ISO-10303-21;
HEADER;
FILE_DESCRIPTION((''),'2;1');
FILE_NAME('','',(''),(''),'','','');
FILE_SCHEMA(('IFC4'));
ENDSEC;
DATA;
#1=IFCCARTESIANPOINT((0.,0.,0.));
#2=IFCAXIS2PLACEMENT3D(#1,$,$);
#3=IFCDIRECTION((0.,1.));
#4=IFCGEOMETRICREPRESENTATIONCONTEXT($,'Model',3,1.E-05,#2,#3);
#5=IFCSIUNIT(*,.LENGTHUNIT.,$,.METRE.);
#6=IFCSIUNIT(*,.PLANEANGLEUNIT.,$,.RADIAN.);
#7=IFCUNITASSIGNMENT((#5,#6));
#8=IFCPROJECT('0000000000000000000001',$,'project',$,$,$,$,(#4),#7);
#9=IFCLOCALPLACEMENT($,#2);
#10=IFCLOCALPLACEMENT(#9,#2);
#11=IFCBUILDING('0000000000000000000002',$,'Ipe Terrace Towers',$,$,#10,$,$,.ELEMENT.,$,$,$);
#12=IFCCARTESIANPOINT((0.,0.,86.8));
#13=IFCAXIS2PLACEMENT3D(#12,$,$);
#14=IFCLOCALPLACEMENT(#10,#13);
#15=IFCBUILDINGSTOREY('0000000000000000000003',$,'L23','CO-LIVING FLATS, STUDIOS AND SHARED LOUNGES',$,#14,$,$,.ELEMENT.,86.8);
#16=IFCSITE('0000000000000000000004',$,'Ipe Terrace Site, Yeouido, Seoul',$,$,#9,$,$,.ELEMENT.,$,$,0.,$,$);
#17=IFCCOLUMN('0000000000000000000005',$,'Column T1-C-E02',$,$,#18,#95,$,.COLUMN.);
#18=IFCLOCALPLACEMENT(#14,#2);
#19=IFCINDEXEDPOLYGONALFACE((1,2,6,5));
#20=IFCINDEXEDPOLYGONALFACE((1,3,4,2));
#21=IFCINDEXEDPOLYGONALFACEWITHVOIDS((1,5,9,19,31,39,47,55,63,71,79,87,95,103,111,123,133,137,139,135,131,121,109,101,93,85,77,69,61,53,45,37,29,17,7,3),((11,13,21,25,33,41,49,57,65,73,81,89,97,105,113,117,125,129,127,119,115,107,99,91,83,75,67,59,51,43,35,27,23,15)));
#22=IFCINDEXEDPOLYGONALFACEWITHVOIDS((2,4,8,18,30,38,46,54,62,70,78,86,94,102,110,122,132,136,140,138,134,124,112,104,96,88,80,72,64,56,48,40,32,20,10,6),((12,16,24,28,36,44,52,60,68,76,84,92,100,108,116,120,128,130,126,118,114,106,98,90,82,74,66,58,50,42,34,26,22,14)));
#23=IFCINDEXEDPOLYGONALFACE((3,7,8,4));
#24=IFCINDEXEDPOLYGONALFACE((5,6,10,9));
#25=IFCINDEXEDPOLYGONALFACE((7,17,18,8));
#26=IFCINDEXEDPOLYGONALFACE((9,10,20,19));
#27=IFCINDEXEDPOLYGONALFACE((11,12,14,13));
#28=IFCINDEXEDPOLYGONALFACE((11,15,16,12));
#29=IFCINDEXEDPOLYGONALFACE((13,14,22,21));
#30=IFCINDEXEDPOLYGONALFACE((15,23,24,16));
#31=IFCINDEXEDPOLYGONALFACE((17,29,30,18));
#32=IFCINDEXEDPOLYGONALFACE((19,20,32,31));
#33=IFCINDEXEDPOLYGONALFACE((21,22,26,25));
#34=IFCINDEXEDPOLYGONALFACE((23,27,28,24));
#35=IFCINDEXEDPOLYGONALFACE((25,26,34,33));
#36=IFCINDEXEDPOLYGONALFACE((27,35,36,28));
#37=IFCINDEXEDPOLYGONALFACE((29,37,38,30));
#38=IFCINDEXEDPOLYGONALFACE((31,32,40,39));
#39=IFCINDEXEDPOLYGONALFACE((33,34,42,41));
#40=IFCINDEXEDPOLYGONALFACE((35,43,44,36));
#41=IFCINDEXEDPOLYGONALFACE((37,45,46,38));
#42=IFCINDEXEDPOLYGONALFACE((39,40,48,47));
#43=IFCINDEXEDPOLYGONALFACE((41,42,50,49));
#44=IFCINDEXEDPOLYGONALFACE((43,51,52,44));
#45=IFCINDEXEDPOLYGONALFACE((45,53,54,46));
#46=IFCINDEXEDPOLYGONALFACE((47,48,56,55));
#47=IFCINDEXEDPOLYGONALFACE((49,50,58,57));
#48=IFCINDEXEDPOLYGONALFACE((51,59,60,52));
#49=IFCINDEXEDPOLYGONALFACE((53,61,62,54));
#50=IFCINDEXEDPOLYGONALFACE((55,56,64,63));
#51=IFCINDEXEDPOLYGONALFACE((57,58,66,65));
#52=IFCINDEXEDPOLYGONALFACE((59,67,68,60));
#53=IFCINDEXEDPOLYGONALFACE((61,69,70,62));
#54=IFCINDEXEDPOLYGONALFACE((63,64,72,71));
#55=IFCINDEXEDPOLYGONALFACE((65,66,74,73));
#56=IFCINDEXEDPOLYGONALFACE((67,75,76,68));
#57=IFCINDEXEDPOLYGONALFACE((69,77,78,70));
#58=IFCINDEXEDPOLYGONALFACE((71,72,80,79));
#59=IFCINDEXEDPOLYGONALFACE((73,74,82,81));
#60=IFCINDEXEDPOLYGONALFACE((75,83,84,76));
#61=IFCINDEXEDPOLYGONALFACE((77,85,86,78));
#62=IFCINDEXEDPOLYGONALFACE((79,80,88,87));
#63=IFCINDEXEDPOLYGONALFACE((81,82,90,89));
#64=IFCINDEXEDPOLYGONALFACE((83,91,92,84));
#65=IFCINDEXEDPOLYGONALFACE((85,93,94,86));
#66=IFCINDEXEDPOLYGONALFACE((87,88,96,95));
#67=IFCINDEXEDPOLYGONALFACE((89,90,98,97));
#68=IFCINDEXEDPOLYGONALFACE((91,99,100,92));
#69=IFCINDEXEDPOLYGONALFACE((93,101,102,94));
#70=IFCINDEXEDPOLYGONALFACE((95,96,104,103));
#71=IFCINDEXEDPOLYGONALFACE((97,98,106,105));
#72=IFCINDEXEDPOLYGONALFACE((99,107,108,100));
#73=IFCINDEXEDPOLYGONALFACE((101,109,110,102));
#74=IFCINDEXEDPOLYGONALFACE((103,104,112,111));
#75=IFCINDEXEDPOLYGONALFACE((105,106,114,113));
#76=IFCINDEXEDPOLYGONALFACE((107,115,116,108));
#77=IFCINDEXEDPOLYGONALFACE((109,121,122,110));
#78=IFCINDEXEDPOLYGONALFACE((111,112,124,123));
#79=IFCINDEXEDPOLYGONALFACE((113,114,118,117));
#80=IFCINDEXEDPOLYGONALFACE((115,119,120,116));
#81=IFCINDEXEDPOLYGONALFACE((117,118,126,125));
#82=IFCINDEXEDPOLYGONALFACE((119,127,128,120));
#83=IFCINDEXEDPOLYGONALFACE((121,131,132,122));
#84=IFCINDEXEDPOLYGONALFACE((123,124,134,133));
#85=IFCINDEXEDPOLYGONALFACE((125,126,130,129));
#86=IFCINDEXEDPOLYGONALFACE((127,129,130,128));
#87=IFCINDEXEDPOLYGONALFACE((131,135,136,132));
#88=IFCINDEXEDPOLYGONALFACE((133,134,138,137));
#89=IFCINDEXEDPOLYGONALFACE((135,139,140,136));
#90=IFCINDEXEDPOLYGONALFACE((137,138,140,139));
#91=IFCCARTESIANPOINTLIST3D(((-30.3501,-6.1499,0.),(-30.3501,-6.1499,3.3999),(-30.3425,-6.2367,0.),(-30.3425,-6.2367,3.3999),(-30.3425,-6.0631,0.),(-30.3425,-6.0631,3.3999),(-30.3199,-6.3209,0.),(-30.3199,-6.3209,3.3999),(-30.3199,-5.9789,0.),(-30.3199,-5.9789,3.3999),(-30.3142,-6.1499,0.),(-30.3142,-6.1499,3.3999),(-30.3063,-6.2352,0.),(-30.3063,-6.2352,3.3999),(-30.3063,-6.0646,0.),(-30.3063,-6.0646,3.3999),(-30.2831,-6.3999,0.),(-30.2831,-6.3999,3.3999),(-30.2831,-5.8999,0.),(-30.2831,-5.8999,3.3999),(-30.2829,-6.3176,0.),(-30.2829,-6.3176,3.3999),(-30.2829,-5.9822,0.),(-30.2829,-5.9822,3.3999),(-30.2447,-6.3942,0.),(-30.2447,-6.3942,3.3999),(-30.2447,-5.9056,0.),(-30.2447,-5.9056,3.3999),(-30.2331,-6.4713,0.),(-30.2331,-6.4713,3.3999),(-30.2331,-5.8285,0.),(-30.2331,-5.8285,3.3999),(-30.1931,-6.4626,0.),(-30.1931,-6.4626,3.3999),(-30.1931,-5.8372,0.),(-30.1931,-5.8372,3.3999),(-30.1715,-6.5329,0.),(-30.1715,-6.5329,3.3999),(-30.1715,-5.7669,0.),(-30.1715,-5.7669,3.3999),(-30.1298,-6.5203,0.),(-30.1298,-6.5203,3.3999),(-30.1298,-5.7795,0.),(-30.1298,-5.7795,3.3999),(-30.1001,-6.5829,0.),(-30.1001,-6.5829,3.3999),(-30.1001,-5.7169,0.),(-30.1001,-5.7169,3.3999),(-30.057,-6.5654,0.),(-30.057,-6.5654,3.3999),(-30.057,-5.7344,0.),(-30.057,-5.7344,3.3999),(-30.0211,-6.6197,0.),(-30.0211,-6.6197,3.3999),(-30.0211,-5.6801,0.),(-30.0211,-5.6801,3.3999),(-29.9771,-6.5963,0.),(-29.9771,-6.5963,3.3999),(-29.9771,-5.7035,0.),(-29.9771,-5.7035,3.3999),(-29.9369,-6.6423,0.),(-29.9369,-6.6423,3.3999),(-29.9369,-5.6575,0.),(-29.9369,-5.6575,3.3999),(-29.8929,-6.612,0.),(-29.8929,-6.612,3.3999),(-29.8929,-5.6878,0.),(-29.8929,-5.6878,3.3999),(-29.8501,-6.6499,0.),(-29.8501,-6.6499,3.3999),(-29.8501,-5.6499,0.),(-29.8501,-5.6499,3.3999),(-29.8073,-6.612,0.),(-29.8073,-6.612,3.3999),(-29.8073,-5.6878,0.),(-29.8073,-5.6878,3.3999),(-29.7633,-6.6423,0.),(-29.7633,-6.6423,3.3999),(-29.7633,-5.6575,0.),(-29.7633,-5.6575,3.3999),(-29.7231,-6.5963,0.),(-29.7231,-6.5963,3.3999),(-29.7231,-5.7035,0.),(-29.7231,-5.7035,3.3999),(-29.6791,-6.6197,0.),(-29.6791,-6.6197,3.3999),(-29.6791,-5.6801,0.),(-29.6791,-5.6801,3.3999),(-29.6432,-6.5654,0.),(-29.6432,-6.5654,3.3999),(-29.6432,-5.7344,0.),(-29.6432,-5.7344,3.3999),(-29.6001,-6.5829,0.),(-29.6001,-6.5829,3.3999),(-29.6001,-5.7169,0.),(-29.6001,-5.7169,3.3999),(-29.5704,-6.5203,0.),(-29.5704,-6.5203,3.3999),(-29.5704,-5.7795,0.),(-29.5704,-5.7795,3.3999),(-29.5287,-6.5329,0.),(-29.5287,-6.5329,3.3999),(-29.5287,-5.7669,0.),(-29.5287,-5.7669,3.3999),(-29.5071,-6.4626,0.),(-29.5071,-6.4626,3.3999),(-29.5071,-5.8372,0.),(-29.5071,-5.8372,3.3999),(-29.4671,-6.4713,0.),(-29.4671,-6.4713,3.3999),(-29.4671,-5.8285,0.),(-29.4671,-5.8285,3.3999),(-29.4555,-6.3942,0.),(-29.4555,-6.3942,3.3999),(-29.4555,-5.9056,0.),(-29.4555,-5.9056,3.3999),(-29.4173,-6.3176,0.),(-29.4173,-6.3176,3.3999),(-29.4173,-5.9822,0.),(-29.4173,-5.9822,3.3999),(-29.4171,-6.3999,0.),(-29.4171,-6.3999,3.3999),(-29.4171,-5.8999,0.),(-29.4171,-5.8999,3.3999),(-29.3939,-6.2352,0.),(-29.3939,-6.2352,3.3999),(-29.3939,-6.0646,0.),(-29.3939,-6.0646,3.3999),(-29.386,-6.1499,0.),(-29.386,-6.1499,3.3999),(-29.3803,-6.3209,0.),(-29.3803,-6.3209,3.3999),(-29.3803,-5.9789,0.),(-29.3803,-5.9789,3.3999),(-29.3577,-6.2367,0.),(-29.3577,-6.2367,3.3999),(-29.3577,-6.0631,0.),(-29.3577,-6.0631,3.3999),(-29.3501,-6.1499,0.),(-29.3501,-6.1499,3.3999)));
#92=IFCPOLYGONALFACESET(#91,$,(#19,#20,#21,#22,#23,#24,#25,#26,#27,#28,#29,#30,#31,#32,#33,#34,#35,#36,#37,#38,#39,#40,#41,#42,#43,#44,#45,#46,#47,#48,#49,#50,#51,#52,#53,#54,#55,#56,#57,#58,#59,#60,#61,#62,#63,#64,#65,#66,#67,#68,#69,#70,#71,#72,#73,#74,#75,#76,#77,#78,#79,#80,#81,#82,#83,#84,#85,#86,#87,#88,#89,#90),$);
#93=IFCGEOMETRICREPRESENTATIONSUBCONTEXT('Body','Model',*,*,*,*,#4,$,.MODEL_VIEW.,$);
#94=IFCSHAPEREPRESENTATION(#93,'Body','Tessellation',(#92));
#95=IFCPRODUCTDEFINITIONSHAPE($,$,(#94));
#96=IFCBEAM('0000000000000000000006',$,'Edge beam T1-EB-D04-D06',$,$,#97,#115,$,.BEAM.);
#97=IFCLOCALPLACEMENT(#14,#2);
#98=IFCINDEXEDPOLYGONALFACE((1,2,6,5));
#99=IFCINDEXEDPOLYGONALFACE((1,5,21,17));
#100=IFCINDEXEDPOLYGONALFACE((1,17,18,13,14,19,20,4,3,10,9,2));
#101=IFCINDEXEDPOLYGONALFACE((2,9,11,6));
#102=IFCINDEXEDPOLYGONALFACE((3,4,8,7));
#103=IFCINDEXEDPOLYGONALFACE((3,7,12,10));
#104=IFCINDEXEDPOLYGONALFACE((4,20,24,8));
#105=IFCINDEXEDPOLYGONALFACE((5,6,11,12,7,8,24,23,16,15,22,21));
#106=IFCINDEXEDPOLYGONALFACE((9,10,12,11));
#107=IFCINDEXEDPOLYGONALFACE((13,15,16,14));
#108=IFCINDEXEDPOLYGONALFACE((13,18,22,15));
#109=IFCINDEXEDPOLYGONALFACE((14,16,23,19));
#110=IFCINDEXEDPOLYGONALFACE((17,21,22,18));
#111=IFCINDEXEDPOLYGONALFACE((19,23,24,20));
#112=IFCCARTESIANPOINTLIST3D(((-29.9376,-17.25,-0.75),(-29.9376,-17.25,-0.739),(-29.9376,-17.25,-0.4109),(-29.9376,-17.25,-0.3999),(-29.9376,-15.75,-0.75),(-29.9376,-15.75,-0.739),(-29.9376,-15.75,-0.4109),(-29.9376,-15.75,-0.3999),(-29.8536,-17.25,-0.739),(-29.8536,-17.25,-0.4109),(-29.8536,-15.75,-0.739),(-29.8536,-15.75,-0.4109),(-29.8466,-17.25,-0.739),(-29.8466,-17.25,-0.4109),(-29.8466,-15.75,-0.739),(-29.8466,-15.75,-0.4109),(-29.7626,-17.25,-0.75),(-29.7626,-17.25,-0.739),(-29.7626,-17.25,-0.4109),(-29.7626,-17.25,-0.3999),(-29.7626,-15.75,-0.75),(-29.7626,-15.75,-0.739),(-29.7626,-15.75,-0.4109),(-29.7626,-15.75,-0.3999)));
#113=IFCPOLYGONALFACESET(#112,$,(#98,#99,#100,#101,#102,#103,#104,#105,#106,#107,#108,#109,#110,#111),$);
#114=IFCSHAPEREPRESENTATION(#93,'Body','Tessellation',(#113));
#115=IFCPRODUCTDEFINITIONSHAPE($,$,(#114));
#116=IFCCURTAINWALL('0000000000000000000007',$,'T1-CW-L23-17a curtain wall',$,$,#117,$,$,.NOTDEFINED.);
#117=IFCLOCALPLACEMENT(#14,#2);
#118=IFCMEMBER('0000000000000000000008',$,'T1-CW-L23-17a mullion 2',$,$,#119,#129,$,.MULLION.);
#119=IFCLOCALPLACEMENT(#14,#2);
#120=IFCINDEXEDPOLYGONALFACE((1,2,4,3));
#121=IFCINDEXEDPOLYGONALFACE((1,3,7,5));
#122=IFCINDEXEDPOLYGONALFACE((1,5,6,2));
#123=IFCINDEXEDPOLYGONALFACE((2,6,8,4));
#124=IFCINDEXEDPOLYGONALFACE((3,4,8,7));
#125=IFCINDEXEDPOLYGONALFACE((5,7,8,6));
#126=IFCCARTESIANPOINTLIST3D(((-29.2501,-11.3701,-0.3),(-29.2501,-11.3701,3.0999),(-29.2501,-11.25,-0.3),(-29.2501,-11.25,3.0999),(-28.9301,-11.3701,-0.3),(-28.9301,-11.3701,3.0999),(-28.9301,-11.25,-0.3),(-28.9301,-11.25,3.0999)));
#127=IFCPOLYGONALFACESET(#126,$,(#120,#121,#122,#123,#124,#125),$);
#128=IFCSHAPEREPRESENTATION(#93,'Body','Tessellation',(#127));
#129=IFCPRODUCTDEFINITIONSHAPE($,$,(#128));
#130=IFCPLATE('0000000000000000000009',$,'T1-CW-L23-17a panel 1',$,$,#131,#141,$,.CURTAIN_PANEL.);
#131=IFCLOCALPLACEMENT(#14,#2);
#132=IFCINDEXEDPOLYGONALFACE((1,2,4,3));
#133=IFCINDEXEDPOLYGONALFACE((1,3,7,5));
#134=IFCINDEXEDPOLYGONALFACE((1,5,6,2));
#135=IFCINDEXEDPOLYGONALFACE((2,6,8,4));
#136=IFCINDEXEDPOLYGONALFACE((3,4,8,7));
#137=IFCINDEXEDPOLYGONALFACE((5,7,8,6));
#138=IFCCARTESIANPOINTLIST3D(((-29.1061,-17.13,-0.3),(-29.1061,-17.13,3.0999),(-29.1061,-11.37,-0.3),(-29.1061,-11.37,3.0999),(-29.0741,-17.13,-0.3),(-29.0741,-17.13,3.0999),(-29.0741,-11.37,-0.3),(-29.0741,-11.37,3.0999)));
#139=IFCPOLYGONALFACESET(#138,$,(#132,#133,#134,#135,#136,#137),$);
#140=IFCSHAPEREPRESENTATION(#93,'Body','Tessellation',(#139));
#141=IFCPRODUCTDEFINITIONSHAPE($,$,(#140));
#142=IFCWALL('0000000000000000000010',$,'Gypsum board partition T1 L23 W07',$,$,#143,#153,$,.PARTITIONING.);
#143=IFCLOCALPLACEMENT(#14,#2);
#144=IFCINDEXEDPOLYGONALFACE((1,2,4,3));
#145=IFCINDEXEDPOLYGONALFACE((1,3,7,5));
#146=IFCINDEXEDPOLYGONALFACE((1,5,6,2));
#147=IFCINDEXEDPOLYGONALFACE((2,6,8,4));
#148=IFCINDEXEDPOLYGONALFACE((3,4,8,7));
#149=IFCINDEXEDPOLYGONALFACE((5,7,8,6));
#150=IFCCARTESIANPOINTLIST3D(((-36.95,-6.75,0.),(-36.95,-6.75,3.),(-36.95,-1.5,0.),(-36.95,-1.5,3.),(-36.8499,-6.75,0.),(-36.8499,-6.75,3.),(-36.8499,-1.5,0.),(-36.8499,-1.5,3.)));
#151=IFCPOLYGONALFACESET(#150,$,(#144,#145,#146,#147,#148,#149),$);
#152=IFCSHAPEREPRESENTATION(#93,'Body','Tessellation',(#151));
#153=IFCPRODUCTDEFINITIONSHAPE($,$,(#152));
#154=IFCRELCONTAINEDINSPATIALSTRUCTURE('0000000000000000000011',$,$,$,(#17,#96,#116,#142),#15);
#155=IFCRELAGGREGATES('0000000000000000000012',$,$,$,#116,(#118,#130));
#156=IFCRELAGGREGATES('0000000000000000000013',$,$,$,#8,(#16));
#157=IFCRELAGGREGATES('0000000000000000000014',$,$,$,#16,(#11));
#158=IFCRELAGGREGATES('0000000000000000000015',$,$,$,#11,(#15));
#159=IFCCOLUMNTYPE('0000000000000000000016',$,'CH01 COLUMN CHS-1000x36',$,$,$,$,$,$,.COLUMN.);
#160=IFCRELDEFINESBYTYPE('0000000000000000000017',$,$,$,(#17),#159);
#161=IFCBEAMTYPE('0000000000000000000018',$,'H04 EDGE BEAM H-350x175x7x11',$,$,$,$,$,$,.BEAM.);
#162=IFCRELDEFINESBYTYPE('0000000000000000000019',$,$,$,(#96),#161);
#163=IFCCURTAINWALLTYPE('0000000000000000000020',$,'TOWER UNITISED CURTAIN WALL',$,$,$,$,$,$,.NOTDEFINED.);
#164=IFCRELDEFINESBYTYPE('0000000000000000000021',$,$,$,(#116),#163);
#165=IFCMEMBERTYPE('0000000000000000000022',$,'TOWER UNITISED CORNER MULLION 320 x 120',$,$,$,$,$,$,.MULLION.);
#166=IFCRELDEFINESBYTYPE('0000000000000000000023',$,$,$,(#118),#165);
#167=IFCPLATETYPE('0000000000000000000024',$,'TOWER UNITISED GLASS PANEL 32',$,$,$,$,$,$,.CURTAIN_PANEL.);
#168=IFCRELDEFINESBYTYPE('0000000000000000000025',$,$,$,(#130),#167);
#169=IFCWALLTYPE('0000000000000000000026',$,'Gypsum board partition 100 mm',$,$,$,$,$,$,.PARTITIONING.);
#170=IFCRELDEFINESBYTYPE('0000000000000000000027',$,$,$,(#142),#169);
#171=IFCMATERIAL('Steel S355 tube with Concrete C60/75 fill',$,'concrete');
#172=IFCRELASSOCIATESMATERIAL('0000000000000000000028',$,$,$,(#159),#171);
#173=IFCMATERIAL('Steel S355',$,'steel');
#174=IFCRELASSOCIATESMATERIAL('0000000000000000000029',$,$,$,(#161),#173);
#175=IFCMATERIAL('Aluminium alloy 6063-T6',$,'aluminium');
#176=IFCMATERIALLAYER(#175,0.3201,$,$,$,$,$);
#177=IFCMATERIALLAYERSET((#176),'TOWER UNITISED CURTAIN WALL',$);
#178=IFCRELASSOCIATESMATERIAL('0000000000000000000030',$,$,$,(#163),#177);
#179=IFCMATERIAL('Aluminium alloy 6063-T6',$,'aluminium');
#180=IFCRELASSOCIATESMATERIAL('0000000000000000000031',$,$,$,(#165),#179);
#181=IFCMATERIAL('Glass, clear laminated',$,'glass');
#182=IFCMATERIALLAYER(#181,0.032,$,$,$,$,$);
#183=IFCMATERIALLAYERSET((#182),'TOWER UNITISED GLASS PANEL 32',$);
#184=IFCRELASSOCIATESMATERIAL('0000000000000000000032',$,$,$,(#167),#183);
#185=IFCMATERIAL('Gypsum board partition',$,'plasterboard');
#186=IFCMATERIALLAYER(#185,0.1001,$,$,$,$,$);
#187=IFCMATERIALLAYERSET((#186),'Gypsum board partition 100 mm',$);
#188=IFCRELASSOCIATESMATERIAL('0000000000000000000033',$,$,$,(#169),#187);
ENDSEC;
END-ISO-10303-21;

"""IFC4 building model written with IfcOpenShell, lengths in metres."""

from ifc_helpers import new_model, si_unit, direction, frame, frame_2d, origin, origin_2d, place, context, subcontext, project, spatial, rectangle, hollow_circle, i_section, extrude, material, layer, layer_set, material_profile, profile_set, type_object, element, aggregate, save


model = new_model("IFC4")

# Units and contexts
model_context = context("Model", 3, precision=1e-05, world=origin(), true_north=direction((0.0, 1.0)))
body_context = subcontext(model_context, "Body", "Model", "MODEL_VIEW")
ifc_project = project(units=[si_unit("LENGTHUNIT", "METRE"), si_unit("PLANEANGLEUNIT", "RADIAN")], contexts=[model_context])

# Site, building, storey
site_placement = place(None, origin())
site = spatial("IfcSite", under=ifc_project, at=site_placement, Name="Ipe Terrace Site, Yeouido, Seoul", CompositionType="ELEMENT", RefElevation=0.0)
building_placement = place(site_placement, origin())
building = spatial("IfcBuilding", under=site, at=building_placement, Name="Ipe Terrace Towers", CompositionType="ELEMENT")
storey_placement = place(building_placement, frame((0.0, 0.0, 86.8)))
storey = spatial("IfcBuildingStorey", under=building, at=storey_placement, Name="L23", Description="CO-LIVING FLATS, STUDIOS AND SHARED LOUNGES", CompositionType="ELEMENT", Elevation=86.8)

# Column
ifc_material_1 = material(Name="Steel S355 tube with Concrete C60/75 fill", Category="concrete")
ifc_material_profile_1 = material_profile(ifc_material_1, hollow_circle(Radius=0.5, WallThickness=0.0359, at=origin_2d()), Name="CHS-1000x36")
ifc_profile_set_1 = profile_set([ifc_material_profile_1], Name="Steel S355 tube with Concrete C60/75 fill")
column_type = type_object("IfcColumnType", Name="CH01 COLUMN CHS-1000x36", PredefinedType="COLUMN", material=ifc_profile_set_1)
column_placement = place(storey_placement, frame((-29.8501, -6.1499, 0.0), z_axis=(0.0, 0.0, 1.0), x_axis=(1.0, 0.0, 0.0)))
element("IfcColumn", 1, at=column_placement, inside=storey, type_object=column_type, Name="Column T1-C-E02", PredefinedType="COLUMN", context=body_context, shape_type="SweptSolid", body=[
    extrude(hollow_circle(Radius=0.5, WallThickness=0.0359, at=origin_2d()), origin(), (0.0, 0.0, 1.0), 3.3999),
])

# Beam
ifc_material_2 = material(Name="Steel S355", Category="steel")
ifc_material_profile_2 = material_profile(ifc_material_2, i_section(OverallWidth=0.175, OverallDepth=0.3501, WebThickness=0.0071, FlangeThickness=0.011, at=origin_2d()), Name="H-350x175x7x11")
ifc_profile_set_2 = profile_set([ifc_material_profile_2], Name="Steel S355")
beam_type = type_object("IfcBeamType", Name="H04 EDGE BEAM H-350x175x7x11", PredefinedType="BEAM", material=ifc_profile_set_2)
beam_placement = place(storey_placement, frame((-29.8501, -15.75, -0.575), z_axis=(0.0, -1.0, 0.0), x_axis=(1.0, 0.0, 0.0)))
element("IfcBeam", 2, at=beam_placement, inside=storey, type_object=beam_type, Name="Edge beam T1-EB-D04-D06", PredefinedType="BEAM", context=body_context, shape_type="SweptSolid", body=[
    extrude(i_section(OverallWidth=0.175, OverallDepth=0.3501, WebThickness=0.0071, FlangeThickness=0.011, at=origin_2d()), origin(), (0.0, 0.0, 1.0), 1.5),
])

# Curtain wall, member, plate
ifc_material_3 = material(Name="Aluminium alloy 6063-T6", Category="aluminium")
ifc_layer_1 = layer(ifc_material_3, 0.3201)
ifc_layer_set_1 = layer_set([ifc_layer_1], Name="TOWER UNITISED CURTAIN WALL")
curtain_wall_type = type_object("IfcCurtainWallType", Name="TOWER UNITISED CURTAIN WALL", PredefinedType="NOTDEFINED", material=ifc_layer_set_1)
curtain_wall_placement = place(storey_placement, origin())
curtain_wall = element("IfcCurtainWall", 3, at=curtain_wall_placement, inside=storey, type_object=curtain_wall_type, Name="T1-CW-L23-17a curtain wall", PredefinedType="NOTDEFINED")
ifc_material_4 = material(Name="Aluminium alloy 6063-T6", Category="aluminium")
ifc_material_profile_3 = material_profile(ifc_material_4, rectangle(XDim=0.3201, YDim=0.1201, at=origin_2d()), Name="TOWER UNITISED CORNER MULLION 320 x 120")
ifc_profile_set_3 = profile_set([ifc_material_profile_3], Name="Aluminium alloy 6063-T6")
member_type = type_object("IfcMemberType", Name="TOWER UNITISED CORNER MULLION 320 x 120", PredefinedType="MULLION", material=ifc_profile_set_3)
member_placement = place(storey_placement, frame((-29.0901, -11.3101, -0.3), z_axis=(0.0, 0.0, 1.0), x_axis=(1.0, 0.0, 0.0)))
member = element("IfcMember", 4, at=member_placement, type_object=member_type, Name="T1-CW-L23-17a mullion 2", PredefinedType="MULLION", context=body_context, shape_type="SweptSolid", body=[
    extrude(rectangle(XDim=0.3201, YDim=0.1201, at=origin_2d()), origin(), (0.0, 0.0, 1.0), 3.3999),
])
ifc_material_5 = material(Name="Glass, clear laminated", Category="glass")
ifc_layer_2 = layer(ifc_material_5, 0.032)
ifc_layer_set_2 = layer_set([ifc_layer_2], Name="TOWER UNITISED GLASS PANEL 32")
plate_type = type_object("IfcPlateType", Name="TOWER UNITISED GLASS PANEL 32", PredefinedType="CURTAIN_PANEL", material=ifc_layer_set_2)
plate_placement = place(storey_placement, frame((-29.0901, -14.25, -0.3), z_axis=(0.0, 0.0, 1.0), x_axis=(0.0, 1.0, 0.0)))
plate = element("IfcPlate", 5, at=plate_placement, type_object=plate_type, Name="T1-CW-L23-17a panel 1", PredefinedType="CURTAIN_PANEL", context=body_context, shape_type="SweptSolid", body=[
    extrude(rectangle(XDim=5.76, YDim=0.032, at=origin_2d()), origin(), (0.0, 0.0, 1.0), 3.3999),
])
aggregate(curtain_wall, [member, plate])

# Wall
ifc_material_6 = material(Name="Gypsum board partition", Category="plasterboard")
ifc_layer_3 = layer(ifc_material_6, 0.1001)
ifc_layer_set_3 = layer_set([ifc_layer_3], Name="Gypsum board partition 100 mm")
wall_type = type_object("IfcWallType", Name="Gypsum board partition 100 mm", PredefinedType="PARTITIONING", material=ifc_layer_set_3)
wall_1_placement = place(storey_placement, frame((-36.8999, -6.75, 0.0), z_axis=(0.0, 0.0, 1.0), x_axis=(0.0, 1.0, 0.0)))
element("IfcWall", 6, at=wall_1_placement, inside=storey, type_object=wall_type, Name="Gypsum board partition T1 L23 W07", PredefinedType="PARTITIONING", context=body_context, shape_type="SweptSolid", body=[
    extrude(rectangle(XDim=5.25, YDim=0.1001, at=frame_2d((2.625, 0.0))), origin(), (0.0, 0.0, 1.0), 3.0),
])

save(model, "model.ifc")
